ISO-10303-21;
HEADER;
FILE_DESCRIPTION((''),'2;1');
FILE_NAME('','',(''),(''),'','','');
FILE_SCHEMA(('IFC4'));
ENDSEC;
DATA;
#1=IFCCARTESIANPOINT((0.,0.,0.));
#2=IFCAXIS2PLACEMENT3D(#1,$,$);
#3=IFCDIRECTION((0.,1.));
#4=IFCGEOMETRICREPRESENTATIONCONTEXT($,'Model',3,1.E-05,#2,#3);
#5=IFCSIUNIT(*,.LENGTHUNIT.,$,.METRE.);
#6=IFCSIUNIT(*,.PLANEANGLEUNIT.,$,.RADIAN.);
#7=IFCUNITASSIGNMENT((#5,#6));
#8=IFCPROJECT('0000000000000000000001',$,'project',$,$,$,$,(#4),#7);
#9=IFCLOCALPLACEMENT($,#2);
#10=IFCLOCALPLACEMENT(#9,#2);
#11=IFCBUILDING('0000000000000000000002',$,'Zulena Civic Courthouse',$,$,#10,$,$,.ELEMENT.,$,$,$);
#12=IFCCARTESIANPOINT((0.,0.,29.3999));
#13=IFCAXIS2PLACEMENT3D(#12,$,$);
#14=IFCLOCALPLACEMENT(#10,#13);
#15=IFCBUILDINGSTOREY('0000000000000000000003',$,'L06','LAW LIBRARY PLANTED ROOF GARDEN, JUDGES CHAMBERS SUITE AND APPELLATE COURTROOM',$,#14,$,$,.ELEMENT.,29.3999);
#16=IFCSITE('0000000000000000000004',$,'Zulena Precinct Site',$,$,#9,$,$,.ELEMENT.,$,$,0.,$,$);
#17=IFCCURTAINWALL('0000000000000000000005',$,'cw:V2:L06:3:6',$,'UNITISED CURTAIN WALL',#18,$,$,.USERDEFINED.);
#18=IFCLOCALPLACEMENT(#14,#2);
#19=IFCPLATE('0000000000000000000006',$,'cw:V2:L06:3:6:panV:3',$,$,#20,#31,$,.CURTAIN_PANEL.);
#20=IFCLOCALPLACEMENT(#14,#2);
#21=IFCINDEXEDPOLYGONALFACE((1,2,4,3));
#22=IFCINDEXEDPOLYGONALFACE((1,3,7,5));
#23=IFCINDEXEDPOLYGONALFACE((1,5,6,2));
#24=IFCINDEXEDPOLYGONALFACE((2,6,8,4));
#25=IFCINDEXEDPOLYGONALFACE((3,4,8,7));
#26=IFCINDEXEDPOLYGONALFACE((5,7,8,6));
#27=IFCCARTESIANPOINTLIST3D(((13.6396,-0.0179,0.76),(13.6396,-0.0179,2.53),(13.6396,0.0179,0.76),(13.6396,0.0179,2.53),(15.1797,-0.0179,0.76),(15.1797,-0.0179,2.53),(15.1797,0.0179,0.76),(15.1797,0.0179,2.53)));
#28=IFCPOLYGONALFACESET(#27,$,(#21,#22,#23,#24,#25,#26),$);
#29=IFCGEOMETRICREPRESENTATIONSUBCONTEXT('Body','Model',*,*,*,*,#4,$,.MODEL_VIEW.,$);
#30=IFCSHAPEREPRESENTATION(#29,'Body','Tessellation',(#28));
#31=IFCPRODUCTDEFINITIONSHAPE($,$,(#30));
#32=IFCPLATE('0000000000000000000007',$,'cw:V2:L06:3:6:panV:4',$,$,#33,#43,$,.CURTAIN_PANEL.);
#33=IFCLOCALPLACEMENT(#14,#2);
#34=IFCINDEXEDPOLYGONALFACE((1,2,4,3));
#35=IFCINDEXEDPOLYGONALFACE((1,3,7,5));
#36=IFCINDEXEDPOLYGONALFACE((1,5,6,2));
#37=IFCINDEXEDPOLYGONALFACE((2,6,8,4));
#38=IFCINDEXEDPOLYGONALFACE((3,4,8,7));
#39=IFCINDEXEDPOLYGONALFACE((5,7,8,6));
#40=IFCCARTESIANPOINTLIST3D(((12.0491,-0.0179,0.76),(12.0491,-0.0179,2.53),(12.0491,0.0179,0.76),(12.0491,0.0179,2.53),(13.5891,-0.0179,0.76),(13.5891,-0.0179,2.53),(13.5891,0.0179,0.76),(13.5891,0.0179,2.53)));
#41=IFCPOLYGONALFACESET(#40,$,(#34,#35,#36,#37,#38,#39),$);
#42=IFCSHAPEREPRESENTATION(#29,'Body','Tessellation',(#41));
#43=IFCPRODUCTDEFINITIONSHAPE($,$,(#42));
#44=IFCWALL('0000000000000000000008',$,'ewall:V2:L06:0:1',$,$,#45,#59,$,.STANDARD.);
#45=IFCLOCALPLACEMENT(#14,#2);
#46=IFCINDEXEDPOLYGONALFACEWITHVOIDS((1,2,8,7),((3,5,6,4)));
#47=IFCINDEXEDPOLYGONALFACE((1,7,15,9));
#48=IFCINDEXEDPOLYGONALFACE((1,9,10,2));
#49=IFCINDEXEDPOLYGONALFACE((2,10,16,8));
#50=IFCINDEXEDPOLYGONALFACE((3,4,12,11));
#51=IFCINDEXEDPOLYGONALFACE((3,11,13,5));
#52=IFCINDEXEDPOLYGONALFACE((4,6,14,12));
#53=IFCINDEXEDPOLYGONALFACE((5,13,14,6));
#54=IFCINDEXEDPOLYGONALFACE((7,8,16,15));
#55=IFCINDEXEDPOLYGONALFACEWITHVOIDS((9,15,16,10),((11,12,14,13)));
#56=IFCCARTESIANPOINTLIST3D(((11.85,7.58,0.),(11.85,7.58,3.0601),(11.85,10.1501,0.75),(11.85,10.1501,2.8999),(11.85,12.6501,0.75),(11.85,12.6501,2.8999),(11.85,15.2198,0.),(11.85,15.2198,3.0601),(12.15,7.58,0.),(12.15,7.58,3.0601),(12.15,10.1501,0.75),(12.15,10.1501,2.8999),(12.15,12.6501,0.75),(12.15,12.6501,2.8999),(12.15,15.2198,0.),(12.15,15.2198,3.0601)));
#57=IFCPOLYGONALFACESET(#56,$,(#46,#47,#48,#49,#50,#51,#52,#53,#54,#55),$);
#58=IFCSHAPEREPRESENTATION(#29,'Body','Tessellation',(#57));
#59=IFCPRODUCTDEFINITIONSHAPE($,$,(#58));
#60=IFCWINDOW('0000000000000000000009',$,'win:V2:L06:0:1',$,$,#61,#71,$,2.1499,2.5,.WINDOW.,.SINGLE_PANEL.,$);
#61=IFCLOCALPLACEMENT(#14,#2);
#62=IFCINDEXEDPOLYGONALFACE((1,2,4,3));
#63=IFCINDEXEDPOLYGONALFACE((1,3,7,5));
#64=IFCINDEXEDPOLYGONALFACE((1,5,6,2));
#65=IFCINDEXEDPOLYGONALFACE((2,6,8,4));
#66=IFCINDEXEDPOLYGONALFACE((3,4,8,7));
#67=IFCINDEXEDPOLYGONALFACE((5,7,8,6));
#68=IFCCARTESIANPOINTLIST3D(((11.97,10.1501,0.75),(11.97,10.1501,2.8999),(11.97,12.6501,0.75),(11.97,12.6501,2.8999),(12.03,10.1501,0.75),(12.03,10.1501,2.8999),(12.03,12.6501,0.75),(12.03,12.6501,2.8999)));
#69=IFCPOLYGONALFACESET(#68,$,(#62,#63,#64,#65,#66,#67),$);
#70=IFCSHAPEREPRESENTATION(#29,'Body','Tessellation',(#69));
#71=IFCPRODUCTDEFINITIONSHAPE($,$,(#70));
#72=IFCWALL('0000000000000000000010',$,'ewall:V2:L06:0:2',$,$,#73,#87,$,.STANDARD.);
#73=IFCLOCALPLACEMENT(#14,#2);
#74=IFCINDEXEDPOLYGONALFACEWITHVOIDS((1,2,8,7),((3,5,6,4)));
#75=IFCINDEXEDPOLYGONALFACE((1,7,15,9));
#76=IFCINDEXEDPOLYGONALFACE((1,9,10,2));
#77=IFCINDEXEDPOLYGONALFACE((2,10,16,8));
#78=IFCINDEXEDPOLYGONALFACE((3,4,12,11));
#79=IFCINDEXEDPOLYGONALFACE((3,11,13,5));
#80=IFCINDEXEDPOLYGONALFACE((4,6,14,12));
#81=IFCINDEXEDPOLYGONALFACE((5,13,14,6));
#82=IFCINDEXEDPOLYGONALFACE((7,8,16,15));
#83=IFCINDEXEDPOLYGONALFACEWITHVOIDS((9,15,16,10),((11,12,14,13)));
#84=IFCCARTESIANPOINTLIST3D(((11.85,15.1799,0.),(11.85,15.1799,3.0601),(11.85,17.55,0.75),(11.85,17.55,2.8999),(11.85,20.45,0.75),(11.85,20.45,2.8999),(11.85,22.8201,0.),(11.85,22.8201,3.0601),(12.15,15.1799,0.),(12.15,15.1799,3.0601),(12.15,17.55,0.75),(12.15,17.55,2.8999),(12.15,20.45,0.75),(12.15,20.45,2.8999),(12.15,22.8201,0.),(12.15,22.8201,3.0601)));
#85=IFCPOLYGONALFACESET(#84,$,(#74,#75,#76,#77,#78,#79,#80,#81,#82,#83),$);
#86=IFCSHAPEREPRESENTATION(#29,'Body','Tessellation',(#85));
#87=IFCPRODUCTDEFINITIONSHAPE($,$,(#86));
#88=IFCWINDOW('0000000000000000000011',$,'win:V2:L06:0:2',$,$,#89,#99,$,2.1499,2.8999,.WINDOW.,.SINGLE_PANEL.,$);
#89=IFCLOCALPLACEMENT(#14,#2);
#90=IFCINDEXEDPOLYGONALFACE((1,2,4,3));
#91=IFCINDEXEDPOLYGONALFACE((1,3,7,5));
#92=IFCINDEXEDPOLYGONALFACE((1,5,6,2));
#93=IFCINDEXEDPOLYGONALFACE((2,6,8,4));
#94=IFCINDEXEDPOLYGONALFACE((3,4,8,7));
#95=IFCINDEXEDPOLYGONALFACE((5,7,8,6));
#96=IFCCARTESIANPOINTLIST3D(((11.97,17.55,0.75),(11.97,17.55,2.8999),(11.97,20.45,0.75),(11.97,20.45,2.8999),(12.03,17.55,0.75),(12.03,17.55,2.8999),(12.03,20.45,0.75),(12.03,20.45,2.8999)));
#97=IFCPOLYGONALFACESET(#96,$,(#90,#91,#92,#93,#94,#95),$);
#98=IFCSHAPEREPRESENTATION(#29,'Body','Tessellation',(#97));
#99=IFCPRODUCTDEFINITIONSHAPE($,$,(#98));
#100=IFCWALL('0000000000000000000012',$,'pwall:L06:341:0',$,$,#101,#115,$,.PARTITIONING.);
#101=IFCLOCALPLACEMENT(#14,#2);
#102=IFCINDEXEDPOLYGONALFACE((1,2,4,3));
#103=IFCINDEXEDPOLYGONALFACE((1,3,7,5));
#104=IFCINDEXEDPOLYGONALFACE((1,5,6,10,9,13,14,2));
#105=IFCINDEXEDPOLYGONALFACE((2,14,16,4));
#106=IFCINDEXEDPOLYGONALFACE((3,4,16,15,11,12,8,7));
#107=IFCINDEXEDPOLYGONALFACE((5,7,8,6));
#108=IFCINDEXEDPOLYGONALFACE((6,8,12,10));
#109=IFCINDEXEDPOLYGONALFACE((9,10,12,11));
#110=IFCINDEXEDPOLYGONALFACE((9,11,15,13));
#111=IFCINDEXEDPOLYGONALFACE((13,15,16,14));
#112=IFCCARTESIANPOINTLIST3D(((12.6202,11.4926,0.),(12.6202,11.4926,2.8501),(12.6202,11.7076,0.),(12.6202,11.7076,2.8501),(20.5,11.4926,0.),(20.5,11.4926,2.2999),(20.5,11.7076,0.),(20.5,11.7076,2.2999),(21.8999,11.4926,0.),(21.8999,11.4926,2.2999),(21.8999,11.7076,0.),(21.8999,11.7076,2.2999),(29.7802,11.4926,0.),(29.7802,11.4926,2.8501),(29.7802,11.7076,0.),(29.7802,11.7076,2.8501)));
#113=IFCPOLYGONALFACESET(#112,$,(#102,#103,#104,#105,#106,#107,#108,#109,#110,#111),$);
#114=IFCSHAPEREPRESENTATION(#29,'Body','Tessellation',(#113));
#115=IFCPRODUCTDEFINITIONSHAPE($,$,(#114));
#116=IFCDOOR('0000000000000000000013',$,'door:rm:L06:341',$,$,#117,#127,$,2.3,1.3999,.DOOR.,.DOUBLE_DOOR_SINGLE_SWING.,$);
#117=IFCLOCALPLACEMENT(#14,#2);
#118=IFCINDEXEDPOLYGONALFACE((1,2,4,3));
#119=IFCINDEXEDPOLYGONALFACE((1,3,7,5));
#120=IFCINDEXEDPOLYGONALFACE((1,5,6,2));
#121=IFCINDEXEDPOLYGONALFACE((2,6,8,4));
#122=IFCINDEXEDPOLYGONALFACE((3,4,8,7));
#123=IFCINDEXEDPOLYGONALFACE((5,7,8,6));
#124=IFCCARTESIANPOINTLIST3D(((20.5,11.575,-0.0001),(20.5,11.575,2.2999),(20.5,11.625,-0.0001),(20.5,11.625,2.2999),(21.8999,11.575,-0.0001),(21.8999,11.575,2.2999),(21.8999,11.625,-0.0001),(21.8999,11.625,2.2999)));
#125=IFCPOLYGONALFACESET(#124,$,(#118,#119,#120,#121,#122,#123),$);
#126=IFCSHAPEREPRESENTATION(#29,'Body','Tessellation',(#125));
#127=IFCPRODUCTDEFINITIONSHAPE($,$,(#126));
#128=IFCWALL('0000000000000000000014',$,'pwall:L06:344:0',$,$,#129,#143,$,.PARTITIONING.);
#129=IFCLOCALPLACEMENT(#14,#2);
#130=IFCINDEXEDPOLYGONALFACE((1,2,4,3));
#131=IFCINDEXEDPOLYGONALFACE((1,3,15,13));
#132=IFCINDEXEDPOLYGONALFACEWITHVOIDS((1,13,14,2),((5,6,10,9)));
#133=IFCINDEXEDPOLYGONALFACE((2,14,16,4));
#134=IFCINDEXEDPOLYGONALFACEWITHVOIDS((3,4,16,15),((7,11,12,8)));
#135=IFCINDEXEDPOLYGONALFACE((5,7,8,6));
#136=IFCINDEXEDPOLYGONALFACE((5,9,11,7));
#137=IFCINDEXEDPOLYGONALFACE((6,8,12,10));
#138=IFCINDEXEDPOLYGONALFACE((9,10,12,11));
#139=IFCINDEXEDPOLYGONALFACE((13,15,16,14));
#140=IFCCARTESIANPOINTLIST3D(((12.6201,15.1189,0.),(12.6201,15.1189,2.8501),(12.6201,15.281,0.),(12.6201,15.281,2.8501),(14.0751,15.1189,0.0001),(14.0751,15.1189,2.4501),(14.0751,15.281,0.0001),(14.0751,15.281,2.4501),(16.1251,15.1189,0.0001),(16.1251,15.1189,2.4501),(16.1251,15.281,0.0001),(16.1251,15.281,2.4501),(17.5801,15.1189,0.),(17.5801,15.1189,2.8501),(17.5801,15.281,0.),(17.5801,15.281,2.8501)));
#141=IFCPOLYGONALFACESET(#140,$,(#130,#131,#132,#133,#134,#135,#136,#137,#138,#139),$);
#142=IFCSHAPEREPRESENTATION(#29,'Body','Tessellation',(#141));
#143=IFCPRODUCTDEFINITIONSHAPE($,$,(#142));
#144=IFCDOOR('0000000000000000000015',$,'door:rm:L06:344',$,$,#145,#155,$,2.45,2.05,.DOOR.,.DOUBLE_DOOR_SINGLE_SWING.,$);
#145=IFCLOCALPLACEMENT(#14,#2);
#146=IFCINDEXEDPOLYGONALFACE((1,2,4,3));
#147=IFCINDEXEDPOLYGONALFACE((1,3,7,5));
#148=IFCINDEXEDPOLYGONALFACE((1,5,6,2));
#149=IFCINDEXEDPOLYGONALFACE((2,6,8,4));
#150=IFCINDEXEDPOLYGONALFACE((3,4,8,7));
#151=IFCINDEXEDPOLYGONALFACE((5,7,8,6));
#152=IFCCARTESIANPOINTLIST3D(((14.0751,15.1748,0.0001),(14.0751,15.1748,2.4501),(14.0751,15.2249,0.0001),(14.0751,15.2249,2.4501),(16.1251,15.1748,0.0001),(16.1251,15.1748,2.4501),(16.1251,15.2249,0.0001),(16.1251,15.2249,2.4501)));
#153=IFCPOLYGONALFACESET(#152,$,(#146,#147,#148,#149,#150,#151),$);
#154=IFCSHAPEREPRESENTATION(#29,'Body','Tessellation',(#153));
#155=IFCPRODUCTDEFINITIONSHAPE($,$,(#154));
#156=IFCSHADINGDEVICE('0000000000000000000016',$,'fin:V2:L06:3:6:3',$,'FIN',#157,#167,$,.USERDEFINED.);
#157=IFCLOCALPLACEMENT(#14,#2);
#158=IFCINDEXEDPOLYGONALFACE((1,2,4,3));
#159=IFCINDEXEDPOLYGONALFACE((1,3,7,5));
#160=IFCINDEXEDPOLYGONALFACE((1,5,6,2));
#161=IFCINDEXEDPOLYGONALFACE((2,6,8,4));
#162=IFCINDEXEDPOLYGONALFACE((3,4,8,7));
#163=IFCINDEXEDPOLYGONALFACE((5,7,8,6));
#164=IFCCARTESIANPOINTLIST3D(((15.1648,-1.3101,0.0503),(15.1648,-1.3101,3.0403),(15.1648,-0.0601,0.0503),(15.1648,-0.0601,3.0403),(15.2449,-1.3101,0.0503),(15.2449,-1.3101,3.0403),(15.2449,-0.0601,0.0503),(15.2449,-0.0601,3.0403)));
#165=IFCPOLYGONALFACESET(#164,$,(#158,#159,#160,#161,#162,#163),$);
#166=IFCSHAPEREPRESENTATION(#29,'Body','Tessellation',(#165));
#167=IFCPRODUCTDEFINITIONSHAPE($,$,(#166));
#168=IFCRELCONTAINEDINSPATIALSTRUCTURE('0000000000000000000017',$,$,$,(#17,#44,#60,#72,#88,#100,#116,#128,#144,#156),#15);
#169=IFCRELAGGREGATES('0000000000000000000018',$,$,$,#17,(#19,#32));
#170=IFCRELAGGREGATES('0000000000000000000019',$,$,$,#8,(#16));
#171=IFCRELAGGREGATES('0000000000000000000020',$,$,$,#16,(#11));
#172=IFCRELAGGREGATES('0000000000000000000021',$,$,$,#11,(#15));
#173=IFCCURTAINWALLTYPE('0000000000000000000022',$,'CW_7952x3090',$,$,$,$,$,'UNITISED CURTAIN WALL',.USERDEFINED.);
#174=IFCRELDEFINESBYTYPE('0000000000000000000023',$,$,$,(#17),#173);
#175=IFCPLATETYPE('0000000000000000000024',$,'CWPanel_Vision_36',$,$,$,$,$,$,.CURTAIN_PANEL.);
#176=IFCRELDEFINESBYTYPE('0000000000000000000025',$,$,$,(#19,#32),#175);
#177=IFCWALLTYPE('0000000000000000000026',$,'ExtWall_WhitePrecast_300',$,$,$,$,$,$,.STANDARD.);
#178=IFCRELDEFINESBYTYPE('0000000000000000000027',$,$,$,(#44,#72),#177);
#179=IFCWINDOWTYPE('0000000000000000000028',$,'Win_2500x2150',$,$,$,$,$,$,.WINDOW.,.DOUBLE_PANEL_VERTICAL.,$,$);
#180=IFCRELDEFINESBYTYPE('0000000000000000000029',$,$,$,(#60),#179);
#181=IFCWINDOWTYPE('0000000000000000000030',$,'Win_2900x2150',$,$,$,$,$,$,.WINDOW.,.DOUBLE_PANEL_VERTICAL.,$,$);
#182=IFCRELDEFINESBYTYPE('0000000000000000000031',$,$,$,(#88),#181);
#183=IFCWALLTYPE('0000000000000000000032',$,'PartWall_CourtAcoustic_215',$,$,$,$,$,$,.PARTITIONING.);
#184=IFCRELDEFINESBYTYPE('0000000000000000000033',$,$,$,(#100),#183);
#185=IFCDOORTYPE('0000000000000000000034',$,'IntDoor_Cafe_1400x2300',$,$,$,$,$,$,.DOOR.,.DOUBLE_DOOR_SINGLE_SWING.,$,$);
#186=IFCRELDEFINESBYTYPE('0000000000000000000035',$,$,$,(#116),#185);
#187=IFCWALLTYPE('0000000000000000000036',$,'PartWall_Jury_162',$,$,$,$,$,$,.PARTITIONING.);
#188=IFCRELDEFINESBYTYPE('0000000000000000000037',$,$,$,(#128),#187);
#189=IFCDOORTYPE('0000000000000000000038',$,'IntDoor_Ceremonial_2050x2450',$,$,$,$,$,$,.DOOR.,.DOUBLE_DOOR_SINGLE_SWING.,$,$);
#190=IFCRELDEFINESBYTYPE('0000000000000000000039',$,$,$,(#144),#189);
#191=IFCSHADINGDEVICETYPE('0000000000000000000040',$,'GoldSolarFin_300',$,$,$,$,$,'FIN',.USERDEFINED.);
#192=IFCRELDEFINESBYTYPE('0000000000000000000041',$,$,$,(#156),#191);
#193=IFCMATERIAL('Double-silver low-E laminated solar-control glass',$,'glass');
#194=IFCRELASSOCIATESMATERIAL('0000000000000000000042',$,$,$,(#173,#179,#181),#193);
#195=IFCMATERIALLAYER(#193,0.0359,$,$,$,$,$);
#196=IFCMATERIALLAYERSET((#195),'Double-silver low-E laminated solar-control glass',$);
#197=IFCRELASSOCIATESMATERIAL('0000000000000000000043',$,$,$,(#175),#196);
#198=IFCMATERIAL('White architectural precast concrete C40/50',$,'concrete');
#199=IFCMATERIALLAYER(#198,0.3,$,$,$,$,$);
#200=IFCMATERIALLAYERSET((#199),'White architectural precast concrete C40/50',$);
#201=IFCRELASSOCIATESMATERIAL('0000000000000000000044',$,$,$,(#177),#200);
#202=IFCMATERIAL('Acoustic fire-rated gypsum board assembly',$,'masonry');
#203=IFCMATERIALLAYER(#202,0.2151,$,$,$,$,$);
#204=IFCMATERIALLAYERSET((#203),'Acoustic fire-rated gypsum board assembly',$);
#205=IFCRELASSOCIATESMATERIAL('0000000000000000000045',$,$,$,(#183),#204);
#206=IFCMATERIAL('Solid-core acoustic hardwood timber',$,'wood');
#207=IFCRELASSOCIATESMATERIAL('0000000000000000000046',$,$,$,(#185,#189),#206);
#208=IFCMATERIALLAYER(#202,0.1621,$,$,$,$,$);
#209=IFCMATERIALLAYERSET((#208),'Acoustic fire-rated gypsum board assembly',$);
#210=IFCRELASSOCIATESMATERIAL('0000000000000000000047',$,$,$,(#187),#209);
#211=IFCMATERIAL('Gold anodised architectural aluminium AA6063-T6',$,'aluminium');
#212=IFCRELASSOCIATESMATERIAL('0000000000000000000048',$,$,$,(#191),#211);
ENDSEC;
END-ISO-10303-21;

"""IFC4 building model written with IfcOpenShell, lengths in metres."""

from ifc_helpers import new_model, si_unit, direction, frame, frame_2d, origin, origin_2d, place, context, subcontext, project, spatial, rectangle, extrude, material, layer, layer_set, type_object, element, fill, aggregate, save


model = new_model("IFC4")

# Units and contexts
model_context = context("Model", 3, precision=1e-05, world=origin(), true_north=direction((0.0, 1.0)))
body_context = subcontext(model_context, "Body", "Model", "MODEL_VIEW")
ifc_project = project(units=[si_unit("LENGTHUNIT", "METRE"), si_unit("PLANEANGLEUNIT", "RADIAN")], contexts=[model_context])

# Site, building, storey
site_placement = place(None, origin())
site = spatial("IfcSite", under=ifc_project, at=site_placement, Name="Zulena Precinct Site", CompositionType="ELEMENT", RefElevation=0.0)
building_placement = place(site_placement, origin())
building = spatial("IfcBuilding", under=site, at=building_placement, Name="Zulena Civic Courthouse", CompositionType="ELEMENT")
storey_placement = place(building_placement, frame((0.0, 0.0, 29.3999)))
storey = spatial("IfcBuildingStorey", under=building, at=storey_placement, Name="L06", Description="LAW LIBRARY PLANTED ROOF GARDEN, JUDGES CHAMBERS SUITE AND APPELLATE COURTROOM", CompositionType="ELEMENT", Elevation=29.3999)

# Curtain wall
ifc_material_1 = material(Name="Double-silver low-E laminated solar-control glass", Category="glass")
curtain_wall_type = type_object("IfcCurtainWallType", Name="CW_7952x3090", ElementType="UNITISED CURTAIN WALL", PredefinedType="USERDEFINED", material=ifc_material_1)
curtain_wall_placement = place(storey_placement, origin())
curtain_wall = element("IfcCurtainWall", 1, at=curtain_wall_placement, inside=storey, type_object=curtain_wall_type, Name="cw:V2:L06:3:6", ObjectType="UNITISED CURTAIN WALL", PredefinedType="USERDEFINED")

# Plates
ifc_layer_1 = layer(ifc_material_1, 0.0359)
ifc_layer_set_1 = layer_set([ifc_layer_1], Name="Double-silver low-E laminated solar-control glass")
plate_type_1 = type_object("IfcPlateType", Name="CWPanel_Vision_36", PredefinedType="CURTAIN_PANEL", material=ifc_layer_set_1)
plate_1_placement = place(storey_placement, frame((14.4097, 0.0, 0.76), z_axis=(0.0, 0.0, 1.0), x_axis=(-1.0, 0.0, 0.0)))
plate_1 = element("IfcPlate", 2, at=plate_1_placement, type_object=plate_type_1, Name="cw:V2:L06:3:6:panV:3", PredefinedType="CURTAIN_PANEL", context=body_context, shape_type="SweptSolid", body=[
    extrude(rectangle(XDim=1.54, YDim=0.0359, at=origin_2d()), origin(), (0.0, 0.0, 1.0), 1.77),
])
plate_2_placement = place(storey_placement, frame((12.8191, 0.0, 0.76), z_axis=(0.0, 0.0, 1.0), x_axis=(-1.0, 0.0, 0.0)))
plate_2 = element("IfcPlate", 3, at=plate_2_placement, type_object=plate_type_1, Name="cw:V2:L06:3:6:panV:4", PredefinedType="CURTAIN_PANEL", context=body_context, shape_type="SweptSolid", body=[
    extrude(rectangle(XDim=1.54, YDim=0.0359, at=origin_2d()), origin(), (0.0, 0.0, 1.0), 1.77),
])
aggregate(curtain_wall, [plate_1, plate_2])

# Walls, openings, windows
ifc_material_2 = material(Name="White architectural precast concrete C40/50", Category="concrete")
ifc_layer_2 = layer(ifc_material_2, 0.3)
ifc_layer_set_2 = layer_set([ifc_layer_2], Name="White architectural precast concrete C40/50")
wall_type_1 = type_object("IfcWallType", Name="ExtWall_WhitePrecast_300", PredefinedType="STANDARD", material=ifc_layer_set_2)
wall_1_placement = place(storey_placement, frame((12.0, 7.5801, 0.0), z_axis=(0.0, 0.0, 1.0), x_axis=(0.0, 1.0, 0.0)))
wall_1 = element("IfcWall", 4, at=wall_1_placement, inside=storey, type_object=wall_type_1, Name="ewall:V2:L06:0:1", PredefinedType="STANDARD", context=body_context, shape_type="SweptSolid", body=[
    extrude(rectangle(XDim=7.6399, YDim=0.3, at=frame_2d((3.8198, 0.0))), origin(), (0.0, 0.0, 1.0), 3.0601),
])
opening_1_placement = place(wall_1_placement, frame((2.5701, 0.0, 0.75)))
opening_1 = element("IfcOpeningElement", 5, at=opening_1_placement, cuts=wall_1, PredefinedType="OPENING", context=body_context, shape_type="SweptSolid", body=[
    extrude(rectangle(XDim=2.5, YDim=2.1499, at=frame_2d((1.25, 1.075))), frame((0.0, 0.1599, 0.0), z_axis=(0.0, -1.0, 0.0), x_axis=(1.0, 0.0, 0.0)), (0.0, 0.0, 1.0), 0.3201),
])
window_type_1 = type_object("IfcWindowType", Name="Win_2500x2150", PartitioningType="DOUBLE_PANEL_VERTICAL", PredefinedType="WINDOW", material=ifc_material_1)
window_1_placement = place(opening_1_placement, origin())
window_1 = element("IfcWindow", 6, at=window_1_placement, inside=storey, type_object=window_type_1, Name="win:V2:L06:0:1", OverallHeight=2.1499, OverallWidth=2.5, PartitioningType="SINGLE_PANEL", PredefinedType="WINDOW", context=body_context, shape_type="SweptSolid", body=[
    extrude(rectangle(XDim=2.5, YDim=2.1499, at=frame_2d((1.25, 1.075))), frame((0.0, 0.03, 0.0), z_axis=(0.0, -1.0, 0.0), x_axis=(1.0, 0.0, 0.0)), (0.0, 0.0, 1.0), 0.0601),
])
fill(opening_1, window_1)
wall_2_placement = place(storey_placement, frame((12.0, 15.1799, 0.0), z_axis=(0.0, 0.0, 1.0), x_axis=(0.0, 1.0, 0.0)))
wall_2 = element("IfcWall", 7, at=wall_2_placement, inside=storey, type_object=wall_type_1, Name="ewall:V2:L06:0:2", PredefinedType="STANDARD", context=body_context, shape_type="SweptSolid", body=[
    extrude(rectangle(XDim=7.6401, YDim=0.3, at=frame_2d((3.8201, 0.0))), origin(), (0.0, 0.0, 1.0), 3.0601),
])
opening_2_placement = place(wall_2_placement, frame((2.3701, 0.0, 0.75)))
opening_2 = element("IfcOpeningElement", 8, at=opening_2_placement, cuts=wall_2, PredefinedType="OPENING", context=body_context, shape_type="SweptSolid", body=[
    extrude(rectangle(XDim=2.8999, YDim=2.1499, at=frame_2d((1.45, 1.075))), frame((0.0, 0.1599, 0.0), z_axis=(0.0, -1.0, 0.0), x_axis=(1.0, 0.0, 0.0)), (0.0, 0.0, 1.0), 0.3201),
])
window_type_2 = type_object("IfcWindowType", Name="Win_2900x2150", PartitioningType="DOUBLE_PANEL_VERTICAL", PredefinedType="WINDOW", material=ifc_material_1)
window_2_placement = place(opening_2_placement, origin())
window_2 = element("IfcWindow", 9, at=window_2_placement, inside=storey, type_object=window_type_2, Name="win:V2:L06:0:2", OverallHeight=2.1499, OverallWidth=2.8999, PartitioningType="SINGLE_PANEL", PredefinedType="WINDOW", context=body_context, shape_type="SweptSolid", body=[
    extrude(rectangle(XDim=2.8999, YDim=2.1499, at=frame_2d((1.45, 1.075))), frame((0.0, 0.03, 0.0), z_axis=(0.0, -1.0, 0.0), x_axis=(1.0, 0.0, 0.0)), (0.0, 0.0, 1.0), 0.0601),
])
fill(opening_2, window_2)

# Walls, openings, doors
ifc_material_3 = material(Name="Acoustic fire-rated gypsum board assembly", Category="masonry")
ifc_layer_3 = layer(ifc_material_3, 0.2151)
ifc_layer_set_3 = layer_set([ifc_layer_3], Name="Acoustic fire-rated gypsum board assembly")
wall_type_2 = type_object("IfcWallType", Name="PartWall_CourtAcoustic_215", PredefinedType="PARTITIONING", material=ifc_layer_set_3)
wall_3_placement = place(storey_placement, frame((12.6201, 11.6001, 0.0), z_axis=(0.0, 0.0, 1.0), x_axis=(1.0, 0.0, 0.0)))
wall_3 = element("IfcWall", 10, at=wall_3_placement, inside=storey, type_object=wall_type_2, Name="pwall:L06:341:0", PredefinedType="PARTITIONING", context=body_context, shape_type="SweptSolid", body=[
    extrude(rectangle(XDim=17.1599, YDim=0.2151, at=frame_2d((8.5801, 0.0))), origin(), (0.0, 0.0, 1.0), 2.8501),
])
opening_3_placement = place(wall_3_placement, frame((7.8799, 0.0, 0.0)))
opening_3 = element("IfcOpeningElement", 11, at=opening_3_placement, cuts=wall_3, PredefinedType="OPENING", context=body_context, shape_type="SweptSolid", body=[
    extrude(rectangle(XDim=1.3999, YDim=2.3, at=frame_2d((0.7, 1.1499))), frame((0.0, 0.1174, 0.0), z_axis=(0.0, -1.0, 0.0), x_axis=(1.0, 0.0, 0.0)), (0.0, 0.0, 1.0), 0.2351),
])
ifc_material_4 = material(Name="Solid-core acoustic hardwood timber", Category="wood")
door_type_1 = type_object("IfcDoorType", Name="IntDoor_Cafe_1400x2300", OperationType="DOUBLE_DOOR_SINGLE_SWING", PredefinedType="DOOR", material=ifc_material_4)
door_1_placement = place(opening_3_placement, origin())
door_1 = element("IfcDoor", 12, at=door_1_placement, inside=storey, type_object=door_type_1, Name="door:rm:L06:341", OperationType="DOUBLE_DOOR_SINGLE_SWING", OverallHeight=2.3, OverallWidth=1.3999, PredefinedType="DOOR", context=body_context, shape_type="SweptSolid", body=[
    extrude(rectangle(XDim=1.3999, YDim=2.3, at=frame_2d((0.7, 1.1499))), frame((0.0, 0.0249, 0.0), z_axis=(0.0, -1.0, 0.0), x_axis=(1.0, 0.0, 0.0)), (0.0, 0.0, 1.0), 0.05),
])
fill(opening_3, door_1)
ifc_layer_4 = layer(ifc_material_3, 0.1621)
ifc_layer_set_4 = layer_set([ifc_layer_4], Name="Acoustic fire-rated gypsum board assembly")
wall_type_3 = type_object("IfcWallType", Name="PartWall_Jury_162", PredefinedType="PARTITIONING", material=ifc_layer_set_4)
wall_4_placement = place(storey_placement, frame((12.6201, 15.2, 0.0), z_axis=(0.0, 0.0, 1.0), x_axis=(1.0, 0.0, 0.0)))
wall_4 = element("IfcWall", 13, at=wall_4_placement, inside=storey, type_object=wall_type_3, Name="pwall:L06:344:0", PredefinedType="PARTITIONING", context=body_context, shape_type="SweptSolid", body=[
    extrude(rectangle(XDim=4.96, YDim=0.1621, at=frame_2d((2.48, 0.0))), origin(), (0.0, 0.0, 1.0), 2.8501),
])
opening_4_placement = place(wall_4_placement, frame((1.4551, 0.0, 0.0)))
opening_4 = element("IfcOpeningElement", 14, at=opening_4_placement, cuts=wall_4, PredefinedType="OPENING", context=body_context, shape_type="SweptSolid", body=[
    extrude(rectangle(XDim=2.05, YDim=2.45, at=frame_2d((1.0249, 1.2251))), frame((0.0, 0.0911, 0.0), z_axis=(0.0, -1.0, 0.0), x_axis=(1.0, 0.0, 0.0)), (0.0, 0.0, 1.0), 0.1821),
])
door_type_2 = type_object("IfcDoorType", Name="IntDoor_Ceremonial_2050x2450", OperationType="DOUBLE_DOOR_SINGLE_SWING", PredefinedType="DOOR", material=ifc_material_4)
door_2_placement = place(opening_4_placement, origin())
door_2 = element("IfcDoor", 15, at=door_2_placement, inside=storey, type_object=door_type_2, Name="door:rm:L06:344", OperationType="DOUBLE_DOOR_SINGLE_SWING", OverallHeight=2.45, OverallWidth=2.05, PredefinedType="DOOR", context=body_context, shape_type="SweptSolid", body=[
    extrude(rectangle(XDim=2.05, YDim=2.45, at=frame_2d((1.0249, 1.2251))), frame((0.0, 0.0249, 0.0), z_axis=(0.0, -1.0, 0.0), x_axis=(1.0, 0.0, 0.0)), (0.0, 0.0, 1.0), 0.05),
])
fill(opening_4, door_2)

# Shading device
ifc_material_5 = material(Name="Gold anodised architectural aluminium AA6063-T6", Category="aluminium")
shading_device_type = type_object("IfcShadingDeviceType", Name="GoldSolarFin_300", ElementType="FIN", PredefinedType="USERDEFINED", material=ifc_material_5)
for number, where, z_axis, x_axis, name in (
    (16, (15.2048, -0.6851, 0.0503), (0.0, 0.0, 1.0), (0.0, -1.0, 0.0), "fin:V2:L06:3:6:3"),
):
    element("IfcShadingDevice", number, at=place(storey_placement, frame(where, z_axis=z_axis, x_axis=x_axis)), inside=storey, type_object=shading_device_type, Name=name, ObjectType="FIN", PredefinedType="USERDEFINED", context=body_context, shape_type="SweptSolid", body=[
        extrude(rectangle(XDim=1.25, YDim=0.0801, at=origin_2d()), origin(), (0.0, 0.0, 1.0), 2.99),
    ])

save(model, "model.ifc")
